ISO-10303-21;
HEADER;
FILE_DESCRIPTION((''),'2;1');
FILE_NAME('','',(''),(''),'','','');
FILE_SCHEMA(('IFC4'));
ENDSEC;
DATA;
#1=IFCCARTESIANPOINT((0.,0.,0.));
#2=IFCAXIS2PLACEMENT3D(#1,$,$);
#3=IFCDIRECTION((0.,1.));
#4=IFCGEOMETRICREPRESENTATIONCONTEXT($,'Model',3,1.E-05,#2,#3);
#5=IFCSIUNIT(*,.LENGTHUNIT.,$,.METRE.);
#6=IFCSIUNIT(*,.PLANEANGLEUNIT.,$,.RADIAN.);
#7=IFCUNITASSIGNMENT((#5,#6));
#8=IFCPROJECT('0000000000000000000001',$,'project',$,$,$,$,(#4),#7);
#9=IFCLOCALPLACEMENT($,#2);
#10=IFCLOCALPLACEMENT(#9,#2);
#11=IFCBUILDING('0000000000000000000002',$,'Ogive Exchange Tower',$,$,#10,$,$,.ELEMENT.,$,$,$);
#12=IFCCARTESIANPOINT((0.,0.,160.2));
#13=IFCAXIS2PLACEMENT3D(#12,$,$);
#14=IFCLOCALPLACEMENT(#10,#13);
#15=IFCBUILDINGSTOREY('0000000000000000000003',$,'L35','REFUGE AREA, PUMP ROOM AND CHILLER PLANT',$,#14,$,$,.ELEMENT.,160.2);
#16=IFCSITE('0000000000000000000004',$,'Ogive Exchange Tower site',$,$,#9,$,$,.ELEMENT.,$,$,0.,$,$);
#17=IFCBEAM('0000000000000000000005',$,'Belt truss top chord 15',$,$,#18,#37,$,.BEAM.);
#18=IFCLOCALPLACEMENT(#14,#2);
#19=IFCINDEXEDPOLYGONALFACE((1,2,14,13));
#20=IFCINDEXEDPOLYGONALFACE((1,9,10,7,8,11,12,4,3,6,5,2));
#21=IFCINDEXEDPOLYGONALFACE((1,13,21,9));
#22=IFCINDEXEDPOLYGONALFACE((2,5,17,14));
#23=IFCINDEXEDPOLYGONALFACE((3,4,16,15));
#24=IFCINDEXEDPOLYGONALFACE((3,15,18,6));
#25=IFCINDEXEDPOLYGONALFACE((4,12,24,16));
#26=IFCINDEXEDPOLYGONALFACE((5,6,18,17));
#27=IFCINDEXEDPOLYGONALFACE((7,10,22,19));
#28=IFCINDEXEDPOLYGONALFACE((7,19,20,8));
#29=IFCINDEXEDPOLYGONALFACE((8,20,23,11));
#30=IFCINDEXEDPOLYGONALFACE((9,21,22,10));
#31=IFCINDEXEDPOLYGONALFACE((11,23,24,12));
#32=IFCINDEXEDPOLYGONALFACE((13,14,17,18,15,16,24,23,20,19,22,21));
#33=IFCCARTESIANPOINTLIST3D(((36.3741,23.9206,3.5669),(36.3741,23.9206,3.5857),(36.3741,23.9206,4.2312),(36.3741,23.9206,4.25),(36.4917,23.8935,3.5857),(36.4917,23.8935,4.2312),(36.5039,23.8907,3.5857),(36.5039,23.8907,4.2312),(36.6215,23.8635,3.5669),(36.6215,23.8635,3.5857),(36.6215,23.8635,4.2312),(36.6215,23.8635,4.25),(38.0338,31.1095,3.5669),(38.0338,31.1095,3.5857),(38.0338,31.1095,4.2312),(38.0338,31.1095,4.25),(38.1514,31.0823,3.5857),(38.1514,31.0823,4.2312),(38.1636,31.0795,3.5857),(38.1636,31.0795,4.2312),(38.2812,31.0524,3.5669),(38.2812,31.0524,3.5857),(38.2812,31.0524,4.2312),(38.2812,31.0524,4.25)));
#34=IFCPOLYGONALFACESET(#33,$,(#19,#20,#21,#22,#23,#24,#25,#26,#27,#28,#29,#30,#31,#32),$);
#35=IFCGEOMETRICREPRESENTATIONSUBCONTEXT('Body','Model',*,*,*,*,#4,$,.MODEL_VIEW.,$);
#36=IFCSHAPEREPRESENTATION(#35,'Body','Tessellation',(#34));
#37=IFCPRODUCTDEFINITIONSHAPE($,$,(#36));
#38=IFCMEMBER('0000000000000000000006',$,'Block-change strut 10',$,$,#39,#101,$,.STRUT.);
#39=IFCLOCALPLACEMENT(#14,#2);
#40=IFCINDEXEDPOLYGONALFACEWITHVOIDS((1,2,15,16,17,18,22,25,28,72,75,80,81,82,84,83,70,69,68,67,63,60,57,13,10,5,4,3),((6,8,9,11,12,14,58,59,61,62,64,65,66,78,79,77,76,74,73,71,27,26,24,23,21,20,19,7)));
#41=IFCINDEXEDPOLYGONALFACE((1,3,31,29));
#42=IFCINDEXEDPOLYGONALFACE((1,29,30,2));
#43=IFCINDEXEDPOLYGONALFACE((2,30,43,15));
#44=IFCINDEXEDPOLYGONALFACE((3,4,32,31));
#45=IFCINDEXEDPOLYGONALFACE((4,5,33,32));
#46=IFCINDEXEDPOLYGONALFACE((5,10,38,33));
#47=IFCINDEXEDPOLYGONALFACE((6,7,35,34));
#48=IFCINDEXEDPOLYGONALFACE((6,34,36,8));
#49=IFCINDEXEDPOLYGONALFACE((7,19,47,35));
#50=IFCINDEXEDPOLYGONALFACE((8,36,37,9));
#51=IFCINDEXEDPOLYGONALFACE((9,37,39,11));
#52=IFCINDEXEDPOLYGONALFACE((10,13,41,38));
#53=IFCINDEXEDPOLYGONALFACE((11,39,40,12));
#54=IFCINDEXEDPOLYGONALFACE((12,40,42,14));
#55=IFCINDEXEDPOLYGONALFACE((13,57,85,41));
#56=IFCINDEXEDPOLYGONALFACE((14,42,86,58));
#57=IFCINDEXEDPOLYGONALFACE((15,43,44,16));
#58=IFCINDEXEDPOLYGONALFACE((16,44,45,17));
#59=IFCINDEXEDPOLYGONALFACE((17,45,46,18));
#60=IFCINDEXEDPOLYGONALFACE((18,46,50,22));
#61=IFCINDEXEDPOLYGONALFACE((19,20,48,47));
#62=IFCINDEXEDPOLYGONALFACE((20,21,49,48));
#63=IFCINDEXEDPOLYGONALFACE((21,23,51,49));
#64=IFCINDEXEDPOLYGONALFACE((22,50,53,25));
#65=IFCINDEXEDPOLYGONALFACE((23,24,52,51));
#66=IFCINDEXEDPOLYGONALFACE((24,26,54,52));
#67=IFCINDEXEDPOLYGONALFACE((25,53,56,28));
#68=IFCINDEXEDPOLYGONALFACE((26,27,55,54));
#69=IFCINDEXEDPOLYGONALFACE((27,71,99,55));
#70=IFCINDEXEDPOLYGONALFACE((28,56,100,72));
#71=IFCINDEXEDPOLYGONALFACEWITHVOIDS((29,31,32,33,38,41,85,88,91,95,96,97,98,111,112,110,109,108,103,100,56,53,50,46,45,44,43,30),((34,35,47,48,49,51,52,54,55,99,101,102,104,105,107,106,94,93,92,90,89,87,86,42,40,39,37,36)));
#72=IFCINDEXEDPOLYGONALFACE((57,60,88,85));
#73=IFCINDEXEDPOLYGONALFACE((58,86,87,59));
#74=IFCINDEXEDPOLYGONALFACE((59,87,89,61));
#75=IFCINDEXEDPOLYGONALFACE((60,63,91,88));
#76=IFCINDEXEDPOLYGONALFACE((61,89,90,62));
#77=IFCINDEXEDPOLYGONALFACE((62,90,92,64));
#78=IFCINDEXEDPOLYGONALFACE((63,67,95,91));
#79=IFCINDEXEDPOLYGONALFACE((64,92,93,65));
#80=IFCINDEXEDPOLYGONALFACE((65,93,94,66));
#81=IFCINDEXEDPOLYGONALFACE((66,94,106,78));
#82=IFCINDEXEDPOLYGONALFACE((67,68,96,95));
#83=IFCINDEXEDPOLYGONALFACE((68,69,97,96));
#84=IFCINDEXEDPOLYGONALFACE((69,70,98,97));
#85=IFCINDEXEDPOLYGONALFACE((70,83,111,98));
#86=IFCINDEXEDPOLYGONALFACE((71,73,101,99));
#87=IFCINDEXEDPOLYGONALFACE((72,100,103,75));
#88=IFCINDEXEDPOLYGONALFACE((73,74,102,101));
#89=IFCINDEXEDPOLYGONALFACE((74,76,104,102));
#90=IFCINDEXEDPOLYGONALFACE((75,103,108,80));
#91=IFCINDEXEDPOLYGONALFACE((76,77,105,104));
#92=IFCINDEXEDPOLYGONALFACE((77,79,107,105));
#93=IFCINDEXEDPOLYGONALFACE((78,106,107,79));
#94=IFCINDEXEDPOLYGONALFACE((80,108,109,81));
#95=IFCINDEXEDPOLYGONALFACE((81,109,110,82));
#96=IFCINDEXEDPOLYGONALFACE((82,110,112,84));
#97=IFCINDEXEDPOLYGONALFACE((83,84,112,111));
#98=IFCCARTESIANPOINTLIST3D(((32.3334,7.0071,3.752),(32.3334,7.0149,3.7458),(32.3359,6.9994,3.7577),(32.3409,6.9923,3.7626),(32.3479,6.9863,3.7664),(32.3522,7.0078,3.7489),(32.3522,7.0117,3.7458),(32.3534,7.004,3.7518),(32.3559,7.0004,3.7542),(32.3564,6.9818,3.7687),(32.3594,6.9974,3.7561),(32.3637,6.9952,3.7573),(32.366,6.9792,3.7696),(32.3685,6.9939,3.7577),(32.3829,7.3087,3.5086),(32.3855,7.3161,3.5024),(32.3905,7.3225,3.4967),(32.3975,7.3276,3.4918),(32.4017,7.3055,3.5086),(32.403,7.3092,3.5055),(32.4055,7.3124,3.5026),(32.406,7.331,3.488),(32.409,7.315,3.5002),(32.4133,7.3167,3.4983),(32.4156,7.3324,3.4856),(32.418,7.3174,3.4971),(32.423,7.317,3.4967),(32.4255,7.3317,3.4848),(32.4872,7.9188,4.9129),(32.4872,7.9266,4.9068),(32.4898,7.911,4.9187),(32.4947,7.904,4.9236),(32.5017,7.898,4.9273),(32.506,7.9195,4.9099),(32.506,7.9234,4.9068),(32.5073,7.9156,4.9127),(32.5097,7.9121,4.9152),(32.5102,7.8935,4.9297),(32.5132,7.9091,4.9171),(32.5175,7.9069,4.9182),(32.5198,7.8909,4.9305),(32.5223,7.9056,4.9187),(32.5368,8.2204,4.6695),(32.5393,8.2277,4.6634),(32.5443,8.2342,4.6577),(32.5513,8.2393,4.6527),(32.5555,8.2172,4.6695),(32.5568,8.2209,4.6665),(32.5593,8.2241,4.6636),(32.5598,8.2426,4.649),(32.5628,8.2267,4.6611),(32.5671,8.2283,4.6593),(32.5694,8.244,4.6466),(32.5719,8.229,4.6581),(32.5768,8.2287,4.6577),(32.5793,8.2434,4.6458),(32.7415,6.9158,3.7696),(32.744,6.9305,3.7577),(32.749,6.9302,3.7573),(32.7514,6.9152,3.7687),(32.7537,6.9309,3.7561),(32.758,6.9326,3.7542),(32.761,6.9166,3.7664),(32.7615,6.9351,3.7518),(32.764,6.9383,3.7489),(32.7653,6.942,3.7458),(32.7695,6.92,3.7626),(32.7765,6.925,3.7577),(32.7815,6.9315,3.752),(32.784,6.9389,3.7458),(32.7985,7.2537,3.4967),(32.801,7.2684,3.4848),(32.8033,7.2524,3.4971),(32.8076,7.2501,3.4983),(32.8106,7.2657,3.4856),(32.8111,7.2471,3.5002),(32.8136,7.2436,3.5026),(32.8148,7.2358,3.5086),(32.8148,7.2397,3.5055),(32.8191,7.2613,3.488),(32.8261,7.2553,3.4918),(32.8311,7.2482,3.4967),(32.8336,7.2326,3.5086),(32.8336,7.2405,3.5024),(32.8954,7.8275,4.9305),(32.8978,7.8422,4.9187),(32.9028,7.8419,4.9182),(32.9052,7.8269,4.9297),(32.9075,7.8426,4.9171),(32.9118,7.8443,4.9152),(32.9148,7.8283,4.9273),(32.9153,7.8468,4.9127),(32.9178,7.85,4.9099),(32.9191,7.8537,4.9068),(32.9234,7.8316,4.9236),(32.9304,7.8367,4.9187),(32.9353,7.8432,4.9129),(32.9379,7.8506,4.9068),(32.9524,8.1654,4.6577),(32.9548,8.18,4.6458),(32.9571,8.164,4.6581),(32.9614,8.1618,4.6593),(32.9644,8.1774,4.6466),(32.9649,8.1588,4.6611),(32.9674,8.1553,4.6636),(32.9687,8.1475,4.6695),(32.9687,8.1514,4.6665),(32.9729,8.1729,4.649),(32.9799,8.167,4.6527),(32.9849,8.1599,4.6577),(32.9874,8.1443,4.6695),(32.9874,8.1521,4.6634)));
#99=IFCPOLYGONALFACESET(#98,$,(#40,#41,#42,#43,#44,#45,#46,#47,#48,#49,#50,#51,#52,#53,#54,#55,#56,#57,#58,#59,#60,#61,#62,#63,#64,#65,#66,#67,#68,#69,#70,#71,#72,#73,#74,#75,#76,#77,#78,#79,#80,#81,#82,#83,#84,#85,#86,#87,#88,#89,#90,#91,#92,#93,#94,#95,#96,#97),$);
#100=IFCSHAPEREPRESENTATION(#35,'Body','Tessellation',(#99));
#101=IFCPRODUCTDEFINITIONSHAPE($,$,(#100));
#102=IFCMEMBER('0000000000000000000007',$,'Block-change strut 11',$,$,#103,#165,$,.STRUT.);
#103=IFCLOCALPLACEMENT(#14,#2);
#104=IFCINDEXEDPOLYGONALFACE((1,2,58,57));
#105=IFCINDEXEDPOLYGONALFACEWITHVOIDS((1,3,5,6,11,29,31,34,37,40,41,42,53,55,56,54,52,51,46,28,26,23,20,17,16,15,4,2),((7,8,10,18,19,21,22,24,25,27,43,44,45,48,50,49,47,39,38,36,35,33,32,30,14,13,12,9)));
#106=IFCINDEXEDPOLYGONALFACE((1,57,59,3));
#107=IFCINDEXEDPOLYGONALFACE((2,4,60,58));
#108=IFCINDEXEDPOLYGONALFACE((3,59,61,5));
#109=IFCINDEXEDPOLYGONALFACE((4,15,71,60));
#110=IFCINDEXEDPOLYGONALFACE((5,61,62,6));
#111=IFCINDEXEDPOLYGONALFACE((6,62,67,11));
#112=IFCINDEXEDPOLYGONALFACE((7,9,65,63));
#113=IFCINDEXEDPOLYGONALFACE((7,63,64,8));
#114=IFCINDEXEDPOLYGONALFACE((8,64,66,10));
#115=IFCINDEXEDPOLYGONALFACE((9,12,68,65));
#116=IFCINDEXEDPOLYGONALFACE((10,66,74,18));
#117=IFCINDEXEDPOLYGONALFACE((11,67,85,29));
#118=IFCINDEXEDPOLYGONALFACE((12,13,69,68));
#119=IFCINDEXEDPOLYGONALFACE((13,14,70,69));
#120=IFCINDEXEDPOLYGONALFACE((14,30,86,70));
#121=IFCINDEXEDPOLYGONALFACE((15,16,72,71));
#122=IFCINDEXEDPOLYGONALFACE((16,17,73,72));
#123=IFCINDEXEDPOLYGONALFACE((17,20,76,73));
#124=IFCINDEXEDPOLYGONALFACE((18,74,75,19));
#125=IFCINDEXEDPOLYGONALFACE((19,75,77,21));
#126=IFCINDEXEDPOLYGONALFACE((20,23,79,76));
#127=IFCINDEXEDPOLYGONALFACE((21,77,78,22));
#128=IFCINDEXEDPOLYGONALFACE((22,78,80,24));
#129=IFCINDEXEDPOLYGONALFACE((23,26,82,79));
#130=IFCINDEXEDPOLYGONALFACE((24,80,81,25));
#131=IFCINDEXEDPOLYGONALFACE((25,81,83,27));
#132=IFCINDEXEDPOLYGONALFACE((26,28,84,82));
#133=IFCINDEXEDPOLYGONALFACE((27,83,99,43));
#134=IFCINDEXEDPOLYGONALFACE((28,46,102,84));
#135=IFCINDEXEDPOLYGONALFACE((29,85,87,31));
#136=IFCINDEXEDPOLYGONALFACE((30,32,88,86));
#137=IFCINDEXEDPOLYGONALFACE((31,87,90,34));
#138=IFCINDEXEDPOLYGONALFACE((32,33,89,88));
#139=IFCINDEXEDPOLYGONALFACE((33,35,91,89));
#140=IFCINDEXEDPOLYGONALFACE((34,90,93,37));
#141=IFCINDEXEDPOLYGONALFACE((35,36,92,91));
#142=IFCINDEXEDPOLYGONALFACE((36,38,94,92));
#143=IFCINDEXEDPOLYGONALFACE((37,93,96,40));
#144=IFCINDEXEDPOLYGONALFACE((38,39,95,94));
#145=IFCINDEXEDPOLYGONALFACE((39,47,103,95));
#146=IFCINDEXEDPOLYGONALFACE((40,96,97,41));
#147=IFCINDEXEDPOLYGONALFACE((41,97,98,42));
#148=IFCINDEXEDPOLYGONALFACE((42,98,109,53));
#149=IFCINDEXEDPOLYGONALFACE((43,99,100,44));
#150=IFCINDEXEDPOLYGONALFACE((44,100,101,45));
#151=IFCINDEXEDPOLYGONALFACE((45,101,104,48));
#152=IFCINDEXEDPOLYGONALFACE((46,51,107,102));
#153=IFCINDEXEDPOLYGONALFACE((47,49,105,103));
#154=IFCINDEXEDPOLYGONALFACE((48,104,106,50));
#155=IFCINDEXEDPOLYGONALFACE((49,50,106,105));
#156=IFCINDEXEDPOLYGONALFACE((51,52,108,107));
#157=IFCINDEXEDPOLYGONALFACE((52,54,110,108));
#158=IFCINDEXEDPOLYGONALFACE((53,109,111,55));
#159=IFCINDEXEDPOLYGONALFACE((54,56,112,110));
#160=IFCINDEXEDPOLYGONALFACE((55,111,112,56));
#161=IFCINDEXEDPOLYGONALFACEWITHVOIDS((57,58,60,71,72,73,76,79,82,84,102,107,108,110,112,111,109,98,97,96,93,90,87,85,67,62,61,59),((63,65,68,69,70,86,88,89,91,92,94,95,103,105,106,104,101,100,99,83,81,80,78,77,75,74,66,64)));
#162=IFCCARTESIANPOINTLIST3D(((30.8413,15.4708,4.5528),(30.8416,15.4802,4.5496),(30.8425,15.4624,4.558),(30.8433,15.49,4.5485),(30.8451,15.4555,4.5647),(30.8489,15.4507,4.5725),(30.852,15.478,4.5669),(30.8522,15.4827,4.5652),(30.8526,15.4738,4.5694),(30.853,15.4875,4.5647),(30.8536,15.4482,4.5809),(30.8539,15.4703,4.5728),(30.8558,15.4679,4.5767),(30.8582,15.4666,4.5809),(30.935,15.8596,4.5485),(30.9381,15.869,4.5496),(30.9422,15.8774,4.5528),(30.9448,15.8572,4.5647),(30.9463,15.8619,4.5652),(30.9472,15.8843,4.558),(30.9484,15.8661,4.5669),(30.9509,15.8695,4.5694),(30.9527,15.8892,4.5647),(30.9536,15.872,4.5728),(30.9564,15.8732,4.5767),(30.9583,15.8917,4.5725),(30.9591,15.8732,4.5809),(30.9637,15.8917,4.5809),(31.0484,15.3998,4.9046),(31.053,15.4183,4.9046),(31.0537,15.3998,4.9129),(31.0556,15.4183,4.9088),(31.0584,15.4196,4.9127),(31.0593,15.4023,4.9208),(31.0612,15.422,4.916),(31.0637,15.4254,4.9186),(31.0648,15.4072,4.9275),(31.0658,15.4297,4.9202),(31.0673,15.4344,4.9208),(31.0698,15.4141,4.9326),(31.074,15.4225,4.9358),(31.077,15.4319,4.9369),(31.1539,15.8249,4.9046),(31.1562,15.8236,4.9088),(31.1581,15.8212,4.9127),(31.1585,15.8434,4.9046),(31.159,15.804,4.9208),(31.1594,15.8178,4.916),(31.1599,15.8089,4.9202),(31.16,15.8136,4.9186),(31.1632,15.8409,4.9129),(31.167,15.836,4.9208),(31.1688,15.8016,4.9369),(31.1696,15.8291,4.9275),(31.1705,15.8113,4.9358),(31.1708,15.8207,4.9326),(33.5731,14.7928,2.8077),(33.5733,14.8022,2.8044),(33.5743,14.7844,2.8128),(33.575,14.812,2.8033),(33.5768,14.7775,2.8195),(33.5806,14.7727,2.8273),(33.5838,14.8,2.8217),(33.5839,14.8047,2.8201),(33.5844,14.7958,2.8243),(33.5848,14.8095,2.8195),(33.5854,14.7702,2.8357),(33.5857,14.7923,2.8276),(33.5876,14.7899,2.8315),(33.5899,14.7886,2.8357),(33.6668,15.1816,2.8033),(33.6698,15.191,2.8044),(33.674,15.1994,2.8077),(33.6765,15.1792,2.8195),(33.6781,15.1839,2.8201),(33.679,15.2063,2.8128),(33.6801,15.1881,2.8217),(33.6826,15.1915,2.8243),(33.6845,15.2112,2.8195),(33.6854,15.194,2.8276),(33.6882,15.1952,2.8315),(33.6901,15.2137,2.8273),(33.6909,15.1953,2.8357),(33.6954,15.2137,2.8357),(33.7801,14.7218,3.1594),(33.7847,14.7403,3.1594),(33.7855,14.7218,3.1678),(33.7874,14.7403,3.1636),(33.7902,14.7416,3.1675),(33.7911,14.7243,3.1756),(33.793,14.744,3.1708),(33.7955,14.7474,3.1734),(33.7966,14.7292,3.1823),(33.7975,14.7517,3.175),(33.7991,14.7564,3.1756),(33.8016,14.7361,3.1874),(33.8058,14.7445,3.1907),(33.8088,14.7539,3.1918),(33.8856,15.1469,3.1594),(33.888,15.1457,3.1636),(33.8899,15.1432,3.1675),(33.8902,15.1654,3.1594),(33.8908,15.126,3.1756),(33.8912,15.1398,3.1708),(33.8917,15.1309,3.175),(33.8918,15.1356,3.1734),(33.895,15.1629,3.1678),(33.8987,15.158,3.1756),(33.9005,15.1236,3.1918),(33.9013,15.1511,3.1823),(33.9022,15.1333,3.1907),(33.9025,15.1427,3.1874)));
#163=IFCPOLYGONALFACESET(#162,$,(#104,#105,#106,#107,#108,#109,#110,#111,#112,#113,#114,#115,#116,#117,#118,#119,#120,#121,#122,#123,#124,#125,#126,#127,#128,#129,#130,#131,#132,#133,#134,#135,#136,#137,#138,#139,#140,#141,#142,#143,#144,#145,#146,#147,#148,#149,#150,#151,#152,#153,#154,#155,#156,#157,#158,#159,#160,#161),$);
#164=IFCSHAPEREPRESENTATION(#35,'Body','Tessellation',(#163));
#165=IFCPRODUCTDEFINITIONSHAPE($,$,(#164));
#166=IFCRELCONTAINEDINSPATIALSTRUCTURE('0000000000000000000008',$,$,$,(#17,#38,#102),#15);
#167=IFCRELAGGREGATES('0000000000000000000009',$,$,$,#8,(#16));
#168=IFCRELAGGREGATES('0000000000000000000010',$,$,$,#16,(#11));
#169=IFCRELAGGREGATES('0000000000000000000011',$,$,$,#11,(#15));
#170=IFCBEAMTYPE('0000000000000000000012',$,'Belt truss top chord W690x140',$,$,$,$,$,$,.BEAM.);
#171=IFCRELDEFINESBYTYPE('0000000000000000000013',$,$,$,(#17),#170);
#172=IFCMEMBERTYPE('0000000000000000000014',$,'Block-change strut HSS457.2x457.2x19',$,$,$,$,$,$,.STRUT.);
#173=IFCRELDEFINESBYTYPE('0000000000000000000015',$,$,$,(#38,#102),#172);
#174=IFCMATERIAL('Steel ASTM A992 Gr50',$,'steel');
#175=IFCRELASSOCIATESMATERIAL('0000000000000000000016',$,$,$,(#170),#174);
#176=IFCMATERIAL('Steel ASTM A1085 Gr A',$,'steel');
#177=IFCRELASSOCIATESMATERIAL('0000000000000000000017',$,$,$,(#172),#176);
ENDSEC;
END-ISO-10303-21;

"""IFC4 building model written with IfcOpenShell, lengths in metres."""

from ifc_helpers import new_model, si_unit, direction, frame, origin, origin_2d, place, context, subcontext, project, spatial, hollow_rectangle, i_section, extrude, material, material_profile, profile_set, type_object, element, save


model = new_model("IFC4")

# Units and contexts
model_context = context("Model", 3, precision=1e-05, world=origin(), true_north=direction((0.0, 1.0)))
body_context = subcontext(model_context, "Body", "Model", "MODEL_VIEW")
ifc_project = project(units=[si_unit("LENGTHUNIT", "METRE"), si_unit("PLANEANGLEUNIT", "RADIAN")], contexts=[model_context])

# Site, building, storey
site_placement = place(None, origin())
site = spatial("IfcSite", under=ifc_project, at=site_placement, Name="Ogive Exchange Tower site", CompositionType="ELEMENT", RefElevation=0.0)
building_placement = place(site_placement, origin())
building = spatial("IfcBuilding", under=site, at=building_placement, Name="Ogive Exchange Tower", CompositionType="ELEMENT")
storey_placement = place(building_placement, frame((0.0, 0.0, 160.2)))
storey = spatial("IfcBuildingStorey", under=building, at=storey_placement, Name="L35", Description="REFUGE AREA, PUMP ROOM AND CHILLER PLANT", CompositionType="ELEMENT", Elevation=160.2)

# Shared definitions
ifc_material_1 = material(Name="Steel ASTM A992 Gr50", Category="steel")

# Shared definitions
ifc_material_2 = material(Name="Steel ASTM A1085 Gr A", Category="steel")

# Beam
ifc_material_profile_1 = material_profile(ifc_material_1, i_section(OverallWidth=0.2539, OverallDepth=0.6831, WebThickness=0.0125, FlangeThickness=0.0188, at=origin_2d()), Name="W690x140")
ifc_profile_set_1 = profile_set([ifc_material_profile_1], Name="Steel ASTM A992 Gr50")
beam_type_1 = type_object("IfcBeamType", Name="Belt truss top chord W690x140", PredefinedType="BEAM", material=ifc_profile_set_1)
for number, where, z_axis, x_axis, name in (
    (1, (36.4978, 23.8921, 3.9084), (0.224954, 0.974369, 0.0), (-0.974369, 0.224954, 0.0), "Belt truss top chord 15"),
):
    element("IfcBeam", number, at=place(storey_placement, frame(where, z_axis=z_axis, x_axis=x_axis)), inside=storey, type_object=beam_type_1, Name=name, PredefinedType="BEAM", context=body_context, shape_type="SweptSolid", body=[
        extrude(i_section(OverallWidth=0.2539, OverallDepth=0.6831, WebThickness=0.0125, FlangeThickness=0.0188, at=origin_2d()), origin(), (0.0, 0.0, 1.0), 7.3779),
    ])

# Members
ifc_material_profile_2 = material_profile(ifc_material_2, hollow_rectangle(XDim=0.457, YDim=0.457, WallThickness=0.019, InnerFilletRadius=0.019, OuterFilletRadius=0.0381, at=origin_2d()), Name="HSS457.2x457.2x19")
ifc_profile_set_2 = profile_set([ifc_material_profile_2], Name="Steel ASTM A1085 Gr A")
member_type_1 = type_object("IfcMemberType", Name="Block-change strut HSS457.2x457.2x19", PredefinedType="STRUT", material=ifc_profile_set_2)
member_1_placement = place(storey_placement, frame((32.5835, 7.1238, 3.6272), z_axis=(0.103642, 0.614284, 0.782249), x_axis=(-0.986064, 0.166369, 0.0)))
element("IfcMember", 2, at=member_1_placement, inside=storey, type_object=member_type_1, Name="Block-change strut 10", PredefinedType="STRUT", context=body_context, shape_type="SweptSolid", body=[
    extrude(hollow_rectangle(XDim=0.457, YDim=0.457, WallThickness=0.019, InnerFilletRadius=0.019, OuterFilletRadius=0.0381, at=origin_2d()), origin(), (0.0, 0.0, 1.0), 1.4841),
])
member_2_placement = place(storey_placement, frame((33.7378, 14.9678, 2.9976), z_axis=(-0.824865, 0.204724, 0.526958), x_axis=(-0.240882, -0.970554, 0.0)))
element("IfcMember", 3, at=member_2_placement, inside=storey, type_object=member_type_1, Name="Block-change strut 11", PredefinedType="STRUT", context=body_context, shape_type="SweptSolid", body=[
    extrude(hollow_rectangle(XDim=0.457, YDim=0.457, WallThickness=0.019, InnerFilletRadius=0.019, OuterFilletRadius=0.0381, at=origin_2d()), origin(), (0.0, 0.0, 1.0), 3.3118),
])

save(model, "model.ifc")
